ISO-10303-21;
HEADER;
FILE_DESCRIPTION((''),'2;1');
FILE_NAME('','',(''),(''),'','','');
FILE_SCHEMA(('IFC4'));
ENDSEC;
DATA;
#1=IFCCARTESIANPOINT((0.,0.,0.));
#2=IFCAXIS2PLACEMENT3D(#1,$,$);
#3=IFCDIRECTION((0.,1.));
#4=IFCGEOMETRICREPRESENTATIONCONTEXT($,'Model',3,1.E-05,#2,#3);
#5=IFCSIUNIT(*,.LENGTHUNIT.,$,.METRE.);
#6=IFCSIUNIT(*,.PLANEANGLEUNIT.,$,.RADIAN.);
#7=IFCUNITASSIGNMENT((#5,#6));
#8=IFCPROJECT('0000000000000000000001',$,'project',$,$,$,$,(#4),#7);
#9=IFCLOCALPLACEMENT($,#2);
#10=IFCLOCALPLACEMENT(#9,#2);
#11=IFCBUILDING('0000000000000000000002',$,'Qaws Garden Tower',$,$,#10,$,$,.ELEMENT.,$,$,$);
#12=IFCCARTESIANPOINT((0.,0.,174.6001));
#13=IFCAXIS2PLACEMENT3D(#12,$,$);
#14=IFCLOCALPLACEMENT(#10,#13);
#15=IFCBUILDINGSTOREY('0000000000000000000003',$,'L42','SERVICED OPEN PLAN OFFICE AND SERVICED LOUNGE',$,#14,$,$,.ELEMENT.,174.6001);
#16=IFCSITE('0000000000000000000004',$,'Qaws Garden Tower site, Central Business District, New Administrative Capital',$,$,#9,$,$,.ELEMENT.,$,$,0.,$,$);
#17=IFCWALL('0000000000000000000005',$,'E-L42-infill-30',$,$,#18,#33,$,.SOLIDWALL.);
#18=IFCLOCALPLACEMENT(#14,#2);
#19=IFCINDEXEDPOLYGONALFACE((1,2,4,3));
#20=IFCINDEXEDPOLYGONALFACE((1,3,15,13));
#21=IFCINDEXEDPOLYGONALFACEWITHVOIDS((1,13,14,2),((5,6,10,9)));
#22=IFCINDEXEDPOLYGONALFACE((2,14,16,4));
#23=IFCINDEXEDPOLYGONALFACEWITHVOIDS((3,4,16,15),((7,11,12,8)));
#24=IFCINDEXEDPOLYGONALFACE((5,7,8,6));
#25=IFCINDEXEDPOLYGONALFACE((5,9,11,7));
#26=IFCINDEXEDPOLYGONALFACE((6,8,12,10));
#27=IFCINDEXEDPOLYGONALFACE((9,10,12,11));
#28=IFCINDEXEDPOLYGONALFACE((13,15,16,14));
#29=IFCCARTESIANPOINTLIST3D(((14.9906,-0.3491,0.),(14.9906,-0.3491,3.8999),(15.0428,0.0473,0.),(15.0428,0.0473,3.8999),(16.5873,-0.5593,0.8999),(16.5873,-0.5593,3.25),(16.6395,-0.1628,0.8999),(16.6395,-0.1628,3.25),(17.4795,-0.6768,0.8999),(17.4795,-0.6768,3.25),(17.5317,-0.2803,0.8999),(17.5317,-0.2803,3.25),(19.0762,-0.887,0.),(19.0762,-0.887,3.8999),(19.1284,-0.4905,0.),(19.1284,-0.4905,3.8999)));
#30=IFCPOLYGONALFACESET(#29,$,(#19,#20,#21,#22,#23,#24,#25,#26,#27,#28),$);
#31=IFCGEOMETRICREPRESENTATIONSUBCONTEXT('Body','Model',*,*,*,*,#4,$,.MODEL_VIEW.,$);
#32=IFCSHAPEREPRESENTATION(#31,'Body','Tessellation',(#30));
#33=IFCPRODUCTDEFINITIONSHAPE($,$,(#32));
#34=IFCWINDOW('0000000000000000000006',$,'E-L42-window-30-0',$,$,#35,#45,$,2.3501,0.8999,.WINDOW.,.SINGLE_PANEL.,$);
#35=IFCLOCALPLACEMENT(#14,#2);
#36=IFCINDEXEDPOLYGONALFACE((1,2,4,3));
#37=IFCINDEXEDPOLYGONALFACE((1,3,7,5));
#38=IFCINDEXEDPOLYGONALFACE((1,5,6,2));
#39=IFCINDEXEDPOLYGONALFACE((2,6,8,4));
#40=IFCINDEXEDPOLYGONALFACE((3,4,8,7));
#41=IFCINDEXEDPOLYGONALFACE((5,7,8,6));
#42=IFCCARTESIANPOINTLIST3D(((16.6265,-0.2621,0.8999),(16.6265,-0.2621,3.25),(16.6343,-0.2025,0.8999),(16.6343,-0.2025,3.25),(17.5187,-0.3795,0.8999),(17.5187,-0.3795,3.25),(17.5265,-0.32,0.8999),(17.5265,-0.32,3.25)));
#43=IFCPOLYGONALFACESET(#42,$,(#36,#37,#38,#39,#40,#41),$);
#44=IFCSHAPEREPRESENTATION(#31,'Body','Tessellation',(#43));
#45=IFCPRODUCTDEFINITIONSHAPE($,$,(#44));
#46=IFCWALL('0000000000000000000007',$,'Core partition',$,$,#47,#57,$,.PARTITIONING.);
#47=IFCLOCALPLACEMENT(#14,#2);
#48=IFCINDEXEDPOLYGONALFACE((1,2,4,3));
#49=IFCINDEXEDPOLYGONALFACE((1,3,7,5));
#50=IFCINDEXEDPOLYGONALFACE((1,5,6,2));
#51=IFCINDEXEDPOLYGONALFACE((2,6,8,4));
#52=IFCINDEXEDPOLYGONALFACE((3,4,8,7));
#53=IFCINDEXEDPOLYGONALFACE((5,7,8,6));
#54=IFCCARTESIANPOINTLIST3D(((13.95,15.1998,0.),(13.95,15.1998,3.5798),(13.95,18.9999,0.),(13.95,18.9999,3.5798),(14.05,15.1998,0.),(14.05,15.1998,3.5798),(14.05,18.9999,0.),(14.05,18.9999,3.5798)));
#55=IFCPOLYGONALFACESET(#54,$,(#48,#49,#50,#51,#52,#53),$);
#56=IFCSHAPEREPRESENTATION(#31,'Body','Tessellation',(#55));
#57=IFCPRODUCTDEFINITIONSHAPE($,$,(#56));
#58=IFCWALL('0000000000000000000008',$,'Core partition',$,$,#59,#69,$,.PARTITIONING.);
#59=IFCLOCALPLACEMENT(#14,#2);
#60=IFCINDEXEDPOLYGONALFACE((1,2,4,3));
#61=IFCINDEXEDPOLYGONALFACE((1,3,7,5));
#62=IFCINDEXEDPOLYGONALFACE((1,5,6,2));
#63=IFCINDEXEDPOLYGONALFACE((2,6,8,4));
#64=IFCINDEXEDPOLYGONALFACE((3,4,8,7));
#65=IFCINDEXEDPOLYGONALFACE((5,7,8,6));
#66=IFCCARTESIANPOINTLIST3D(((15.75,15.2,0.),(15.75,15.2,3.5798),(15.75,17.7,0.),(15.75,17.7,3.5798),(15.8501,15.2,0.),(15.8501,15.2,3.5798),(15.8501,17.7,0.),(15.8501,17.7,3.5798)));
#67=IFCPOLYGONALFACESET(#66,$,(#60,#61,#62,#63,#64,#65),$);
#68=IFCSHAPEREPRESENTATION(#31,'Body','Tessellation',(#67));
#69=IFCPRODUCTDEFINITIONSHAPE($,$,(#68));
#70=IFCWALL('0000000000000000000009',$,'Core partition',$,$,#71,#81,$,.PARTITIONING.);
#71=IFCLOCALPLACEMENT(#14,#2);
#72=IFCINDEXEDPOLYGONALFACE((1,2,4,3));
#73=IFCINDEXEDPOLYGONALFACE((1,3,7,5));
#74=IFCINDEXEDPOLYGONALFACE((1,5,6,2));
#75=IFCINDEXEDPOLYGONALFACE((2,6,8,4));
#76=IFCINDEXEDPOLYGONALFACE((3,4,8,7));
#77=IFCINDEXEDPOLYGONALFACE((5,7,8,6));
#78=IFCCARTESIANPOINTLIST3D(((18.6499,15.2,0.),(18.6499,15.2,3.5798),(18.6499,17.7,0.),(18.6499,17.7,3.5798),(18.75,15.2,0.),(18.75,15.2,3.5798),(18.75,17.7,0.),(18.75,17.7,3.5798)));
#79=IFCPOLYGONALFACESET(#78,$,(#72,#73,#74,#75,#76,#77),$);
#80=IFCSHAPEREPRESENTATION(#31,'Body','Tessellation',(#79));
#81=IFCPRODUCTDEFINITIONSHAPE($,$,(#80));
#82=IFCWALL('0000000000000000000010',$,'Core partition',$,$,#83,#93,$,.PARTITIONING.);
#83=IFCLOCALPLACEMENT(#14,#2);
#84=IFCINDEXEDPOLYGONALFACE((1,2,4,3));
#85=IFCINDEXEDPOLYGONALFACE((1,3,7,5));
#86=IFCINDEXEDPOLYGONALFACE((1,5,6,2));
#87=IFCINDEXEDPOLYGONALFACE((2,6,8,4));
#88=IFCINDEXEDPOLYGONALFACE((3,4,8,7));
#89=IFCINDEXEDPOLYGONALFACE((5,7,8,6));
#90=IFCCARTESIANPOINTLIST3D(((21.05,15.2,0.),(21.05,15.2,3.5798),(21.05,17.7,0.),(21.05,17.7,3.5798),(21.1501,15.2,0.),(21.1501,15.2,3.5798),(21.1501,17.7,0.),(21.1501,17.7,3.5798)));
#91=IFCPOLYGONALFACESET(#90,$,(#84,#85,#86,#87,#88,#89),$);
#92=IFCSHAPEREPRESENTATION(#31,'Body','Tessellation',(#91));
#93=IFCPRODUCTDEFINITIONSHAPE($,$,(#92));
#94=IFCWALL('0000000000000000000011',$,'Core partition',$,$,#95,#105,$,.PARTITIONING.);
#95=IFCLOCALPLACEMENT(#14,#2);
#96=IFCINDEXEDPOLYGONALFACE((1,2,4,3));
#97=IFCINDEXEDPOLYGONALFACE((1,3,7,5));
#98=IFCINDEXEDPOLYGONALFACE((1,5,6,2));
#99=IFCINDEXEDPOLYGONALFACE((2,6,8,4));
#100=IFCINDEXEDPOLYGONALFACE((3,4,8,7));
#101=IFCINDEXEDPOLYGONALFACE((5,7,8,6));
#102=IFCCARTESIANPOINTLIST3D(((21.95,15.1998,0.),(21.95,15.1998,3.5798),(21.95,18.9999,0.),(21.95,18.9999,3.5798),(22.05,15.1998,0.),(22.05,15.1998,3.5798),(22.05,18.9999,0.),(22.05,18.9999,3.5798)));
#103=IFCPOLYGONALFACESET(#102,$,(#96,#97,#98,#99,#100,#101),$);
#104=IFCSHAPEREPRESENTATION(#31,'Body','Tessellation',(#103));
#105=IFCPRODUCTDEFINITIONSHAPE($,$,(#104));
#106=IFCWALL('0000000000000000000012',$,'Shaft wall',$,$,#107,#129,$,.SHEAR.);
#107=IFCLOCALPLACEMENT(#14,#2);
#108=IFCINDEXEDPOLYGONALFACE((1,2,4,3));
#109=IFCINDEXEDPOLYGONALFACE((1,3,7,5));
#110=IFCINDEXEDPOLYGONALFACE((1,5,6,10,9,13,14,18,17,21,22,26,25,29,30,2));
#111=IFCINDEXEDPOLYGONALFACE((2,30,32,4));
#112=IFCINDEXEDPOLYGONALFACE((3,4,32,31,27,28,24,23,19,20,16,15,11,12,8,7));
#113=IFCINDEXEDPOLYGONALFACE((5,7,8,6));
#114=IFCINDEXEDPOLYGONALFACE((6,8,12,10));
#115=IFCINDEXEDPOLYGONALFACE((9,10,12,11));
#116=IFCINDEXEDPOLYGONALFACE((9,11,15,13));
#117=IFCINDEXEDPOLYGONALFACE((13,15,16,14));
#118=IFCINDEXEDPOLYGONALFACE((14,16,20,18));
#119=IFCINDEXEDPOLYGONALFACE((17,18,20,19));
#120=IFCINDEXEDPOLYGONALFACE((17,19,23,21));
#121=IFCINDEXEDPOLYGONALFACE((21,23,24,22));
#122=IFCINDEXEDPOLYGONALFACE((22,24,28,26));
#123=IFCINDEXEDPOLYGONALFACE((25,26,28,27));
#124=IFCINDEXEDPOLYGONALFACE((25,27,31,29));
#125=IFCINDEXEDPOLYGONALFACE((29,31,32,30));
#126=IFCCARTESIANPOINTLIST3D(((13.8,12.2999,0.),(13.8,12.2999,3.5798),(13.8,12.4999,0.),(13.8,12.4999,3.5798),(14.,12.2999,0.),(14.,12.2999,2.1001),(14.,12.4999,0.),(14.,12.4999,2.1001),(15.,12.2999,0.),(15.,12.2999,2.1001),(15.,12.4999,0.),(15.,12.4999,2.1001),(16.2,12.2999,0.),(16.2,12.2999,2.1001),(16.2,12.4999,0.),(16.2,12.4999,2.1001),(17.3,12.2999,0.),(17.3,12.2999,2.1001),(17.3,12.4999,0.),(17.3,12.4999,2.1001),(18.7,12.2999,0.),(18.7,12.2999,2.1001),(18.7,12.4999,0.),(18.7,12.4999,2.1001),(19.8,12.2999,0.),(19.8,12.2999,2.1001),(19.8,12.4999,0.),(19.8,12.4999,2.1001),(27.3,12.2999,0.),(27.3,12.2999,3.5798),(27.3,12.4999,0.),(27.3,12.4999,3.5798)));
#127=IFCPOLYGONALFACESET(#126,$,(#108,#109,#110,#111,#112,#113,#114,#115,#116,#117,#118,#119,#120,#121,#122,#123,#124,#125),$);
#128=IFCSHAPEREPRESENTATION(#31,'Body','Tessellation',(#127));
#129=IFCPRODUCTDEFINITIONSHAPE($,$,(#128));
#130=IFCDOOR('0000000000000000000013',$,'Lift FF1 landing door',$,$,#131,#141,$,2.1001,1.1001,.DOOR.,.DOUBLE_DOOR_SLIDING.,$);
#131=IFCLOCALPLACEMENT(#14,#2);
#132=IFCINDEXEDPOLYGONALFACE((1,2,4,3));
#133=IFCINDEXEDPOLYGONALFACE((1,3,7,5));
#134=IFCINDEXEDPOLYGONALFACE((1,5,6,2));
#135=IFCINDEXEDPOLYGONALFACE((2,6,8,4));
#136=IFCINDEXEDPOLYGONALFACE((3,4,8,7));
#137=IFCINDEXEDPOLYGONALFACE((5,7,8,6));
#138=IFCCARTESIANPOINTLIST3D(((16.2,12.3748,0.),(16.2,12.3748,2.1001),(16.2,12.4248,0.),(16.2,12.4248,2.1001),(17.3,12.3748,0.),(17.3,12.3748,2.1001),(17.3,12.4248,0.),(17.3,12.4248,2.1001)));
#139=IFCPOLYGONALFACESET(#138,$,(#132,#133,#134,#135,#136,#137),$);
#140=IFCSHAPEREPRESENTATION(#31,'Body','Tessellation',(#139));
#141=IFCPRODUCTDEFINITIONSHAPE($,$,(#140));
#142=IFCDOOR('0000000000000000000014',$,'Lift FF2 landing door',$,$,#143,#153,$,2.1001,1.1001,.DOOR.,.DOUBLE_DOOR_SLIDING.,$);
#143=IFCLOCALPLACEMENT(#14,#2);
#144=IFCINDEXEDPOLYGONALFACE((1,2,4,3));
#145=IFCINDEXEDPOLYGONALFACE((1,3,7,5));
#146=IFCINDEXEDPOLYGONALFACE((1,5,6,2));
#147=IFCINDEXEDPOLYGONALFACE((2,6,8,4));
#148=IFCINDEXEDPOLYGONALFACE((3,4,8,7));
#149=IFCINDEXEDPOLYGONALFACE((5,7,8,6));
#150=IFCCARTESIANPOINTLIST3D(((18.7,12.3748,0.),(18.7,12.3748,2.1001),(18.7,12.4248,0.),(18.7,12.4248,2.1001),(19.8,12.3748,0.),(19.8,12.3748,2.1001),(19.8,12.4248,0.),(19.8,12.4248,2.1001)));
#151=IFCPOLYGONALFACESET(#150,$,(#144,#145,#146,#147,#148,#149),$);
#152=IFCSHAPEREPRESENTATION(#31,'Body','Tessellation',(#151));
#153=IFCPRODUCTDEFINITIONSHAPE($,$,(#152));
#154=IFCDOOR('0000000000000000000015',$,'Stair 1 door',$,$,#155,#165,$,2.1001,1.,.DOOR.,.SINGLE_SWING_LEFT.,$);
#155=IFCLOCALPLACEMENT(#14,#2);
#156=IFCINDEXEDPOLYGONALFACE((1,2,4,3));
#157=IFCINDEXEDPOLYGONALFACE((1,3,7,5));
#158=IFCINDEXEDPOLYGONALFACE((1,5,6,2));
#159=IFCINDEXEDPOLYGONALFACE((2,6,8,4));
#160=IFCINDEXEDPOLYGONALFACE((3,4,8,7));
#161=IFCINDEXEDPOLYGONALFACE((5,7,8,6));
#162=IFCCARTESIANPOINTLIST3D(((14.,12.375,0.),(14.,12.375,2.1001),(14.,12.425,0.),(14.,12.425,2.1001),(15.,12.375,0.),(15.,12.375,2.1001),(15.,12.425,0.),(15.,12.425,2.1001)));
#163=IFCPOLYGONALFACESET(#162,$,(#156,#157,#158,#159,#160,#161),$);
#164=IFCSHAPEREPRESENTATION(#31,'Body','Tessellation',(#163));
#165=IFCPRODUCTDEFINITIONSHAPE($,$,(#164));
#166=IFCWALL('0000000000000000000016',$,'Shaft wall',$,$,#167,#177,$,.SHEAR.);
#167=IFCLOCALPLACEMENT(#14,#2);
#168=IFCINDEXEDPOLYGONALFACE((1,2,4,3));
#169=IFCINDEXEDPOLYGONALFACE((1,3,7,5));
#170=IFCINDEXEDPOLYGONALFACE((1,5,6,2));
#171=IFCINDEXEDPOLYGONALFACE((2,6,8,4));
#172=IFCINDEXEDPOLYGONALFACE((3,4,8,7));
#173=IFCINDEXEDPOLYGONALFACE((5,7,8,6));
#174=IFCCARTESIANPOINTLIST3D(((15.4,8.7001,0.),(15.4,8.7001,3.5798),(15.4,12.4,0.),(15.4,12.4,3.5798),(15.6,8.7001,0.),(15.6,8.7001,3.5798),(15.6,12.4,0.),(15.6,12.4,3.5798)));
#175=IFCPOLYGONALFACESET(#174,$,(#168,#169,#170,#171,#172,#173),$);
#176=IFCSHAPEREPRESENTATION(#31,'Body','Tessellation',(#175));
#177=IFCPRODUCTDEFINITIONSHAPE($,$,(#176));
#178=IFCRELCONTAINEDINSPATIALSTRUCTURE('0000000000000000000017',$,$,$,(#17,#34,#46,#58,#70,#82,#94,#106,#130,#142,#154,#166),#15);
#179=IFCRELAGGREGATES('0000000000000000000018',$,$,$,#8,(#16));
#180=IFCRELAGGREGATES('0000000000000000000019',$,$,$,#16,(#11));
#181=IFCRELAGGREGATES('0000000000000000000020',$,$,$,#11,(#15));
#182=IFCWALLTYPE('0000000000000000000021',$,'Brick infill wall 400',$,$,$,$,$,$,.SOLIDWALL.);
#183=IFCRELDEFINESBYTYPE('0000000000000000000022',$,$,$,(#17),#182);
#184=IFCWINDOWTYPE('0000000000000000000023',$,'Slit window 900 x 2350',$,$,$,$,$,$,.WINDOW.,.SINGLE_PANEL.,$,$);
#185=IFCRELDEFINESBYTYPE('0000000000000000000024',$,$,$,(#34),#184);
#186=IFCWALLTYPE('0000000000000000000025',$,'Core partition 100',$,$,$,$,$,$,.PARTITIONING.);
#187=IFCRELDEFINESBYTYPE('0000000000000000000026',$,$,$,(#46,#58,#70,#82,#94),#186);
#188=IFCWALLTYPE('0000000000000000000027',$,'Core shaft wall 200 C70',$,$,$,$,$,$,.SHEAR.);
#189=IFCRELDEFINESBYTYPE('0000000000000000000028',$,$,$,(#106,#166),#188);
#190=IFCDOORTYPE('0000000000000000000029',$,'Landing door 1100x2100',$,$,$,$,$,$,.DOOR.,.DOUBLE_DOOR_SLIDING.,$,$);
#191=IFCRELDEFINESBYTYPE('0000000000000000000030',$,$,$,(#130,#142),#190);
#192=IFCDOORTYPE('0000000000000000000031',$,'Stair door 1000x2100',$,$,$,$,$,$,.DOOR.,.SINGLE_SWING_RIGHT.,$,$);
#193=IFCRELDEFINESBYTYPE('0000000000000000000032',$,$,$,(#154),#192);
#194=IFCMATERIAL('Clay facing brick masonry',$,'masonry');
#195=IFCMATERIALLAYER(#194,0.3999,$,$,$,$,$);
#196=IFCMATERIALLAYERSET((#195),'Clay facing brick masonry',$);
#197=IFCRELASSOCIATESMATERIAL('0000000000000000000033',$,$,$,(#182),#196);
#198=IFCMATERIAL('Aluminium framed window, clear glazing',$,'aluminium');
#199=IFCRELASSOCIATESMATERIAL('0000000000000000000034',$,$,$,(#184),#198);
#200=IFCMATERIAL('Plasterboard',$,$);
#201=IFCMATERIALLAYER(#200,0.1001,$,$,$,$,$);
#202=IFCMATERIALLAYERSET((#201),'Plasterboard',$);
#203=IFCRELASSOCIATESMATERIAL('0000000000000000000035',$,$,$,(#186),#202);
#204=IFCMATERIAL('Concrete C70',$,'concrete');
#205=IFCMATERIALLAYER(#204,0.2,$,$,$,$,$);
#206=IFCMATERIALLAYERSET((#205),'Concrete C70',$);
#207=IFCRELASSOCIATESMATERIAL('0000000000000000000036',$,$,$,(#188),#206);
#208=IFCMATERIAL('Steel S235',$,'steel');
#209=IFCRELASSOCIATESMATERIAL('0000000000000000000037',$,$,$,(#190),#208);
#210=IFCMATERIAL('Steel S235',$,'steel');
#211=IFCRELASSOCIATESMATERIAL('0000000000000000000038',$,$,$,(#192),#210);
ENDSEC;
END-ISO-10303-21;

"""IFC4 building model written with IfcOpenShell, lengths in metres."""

from ifc_helpers import new_model, si_unit, direction, frame, frame_2d, origin, place, context, subcontext, project, spatial, rectangle, extrude, material, layer, layer_set, type_object, element, fill, save


model = new_model("IFC4")

# Units and contexts
model_context = context("Model", 3, precision=1e-05, world=origin(), true_north=direction((0.0, 1.0)))
body_context = subcontext(model_context, "Body", "Model", "MODEL_VIEW")
ifc_project = project(units=[si_unit("LENGTHUNIT", "METRE"), si_unit("PLANEANGLEUNIT", "RADIAN")], contexts=[model_context])

# Site, building, storey
site_placement = place(None, origin())
site = spatial("IfcSite", under=ifc_project, at=site_placement, Name="Qaws Garden Tower site, Central Business District, New Administrative Capital", CompositionType="ELEMENT", RefElevation=0.0)
building_placement = place(site_placement, origin())
building = spatial("IfcBuilding", under=site, at=building_placement, Name="Qaws Garden Tower", CompositionType="ELEMENT")
storey_placement = place(building_placement, frame((0.0, 0.0, 174.6001)))
storey = spatial("IfcBuildingStorey", under=building, at=storey_placement, Name="L42", Description="SERVICED OPEN PLAN OFFICE AND SERVICED LOUNGE", CompositionType="ELEMENT", Elevation=174.6001)

# Shared definitions
ifc_material_1 = material(Name="Clay facing brick masonry", Category="masonry")
ifc_layer_1 = layer(ifc_material_1, 0.3999)
ifc_layer_set_1 = layer_set([ifc_layer_1], Name="Clay facing brick masonry")
wall_type_1 = type_object("IfcWallType", Name="Brick infill wall 400", PredefinedType="SOLIDWALL", material=ifc_layer_set_1)
ifc_material_2 = material(Name="Aluminium framed window, clear glazing", Category="aluminium")
window_type = type_object("IfcWindowType", Name="Slit window 900 x 2350", PartitioningType="SINGLE_PANEL", PredefinedType="WINDOW", material=ifc_material_2)

# Wall, opening, window
wall_1_placement = place(storey_placement, frame((15.0166, -0.1509, 0.0), z_axis=(0.0, 0.0, 1.0), x_axis=(0.991446, -0.130514, 0.0)))
wall_1 = element("IfcWall", 1, at=wall_1_placement, inside=storey, type_object=wall_type_1, Name="E-L42-infill-30", PredefinedType="SOLIDWALL", context=body_context, shape_type="SweptSolid", body=[
    extrude(rectangle(XDim=4.1208, YDim=0.3999, at=frame_2d((2.0605, 0.0))), origin(), (0.0, 0.0, 1.0), 3.8999),
])
opening_1_placement = place(wall_1_placement, frame((1.6106, 0.0, 0.8999)))
opening_1 = element("IfcOpeningElement", 2, at=opening_1_placement, cuts=wall_1, PredefinedType="OPENING", context=body_context, shape_type="SweptSolid", body=[
    extrude(rectangle(XDim=0.8999, YDim=2.3501, at=frame_2d((0.45, 1.175))), frame((0.0, 0.21, 0.0), z_axis=(0.0, -1.0, 0.0), x_axis=(1.0, 0.0, 0.0)), (0.0, 0.0, 1.0), 0.4199),
])
window_1_placement = place(opening_1_placement, origin())
window_1 = element("IfcWindow", 3, at=window_1_placement, inside=storey, type_object=window_type, Name="E-L42-window-30-0", OverallHeight=2.3501, OverallWidth=0.8999, PartitioningType="SINGLE_PANEL", PredefinedType="WINDOW", context=body_context, shape_type="SweptSolid", body=[
    extrude(rectangle(XDim=0.8999, YDim=2.3501, at=frame_2d((0.45, 1.175))), frame((0.0, 0.1599, 0.0), z_axis=(0.0, -1.0, 0.0), x_axis=(1.0, 0.0, 0.0)), (0.0, 0.0, 1.0), 0.0601),
])
fill(opening_1, window_1)

# Walls
ifc_material_3 = material(Name="Plasterboard")
ifc_layer_2 = layer(ifc_material_3, 0.1001)
ifc_layer_set_2 = layer_set([ifc_layer_2], Name="Plasterboard")
wall_type_2 = type_object("IfcWallType", Name="Core partition 100", PredefinedType="PARTITIONING", material=ifc_layer_set_2)
wall_2_placement = place(storey_placement, frame((14.0, 15.2, 0.0), z_axis=(0.0, 0.0, 1.0), x_axis=(0.0, 1.0, 0.0)))
element("IfcWall", 4, at=wall_2_placement, inside=storey, type_object=wall_type_2, Name="Core partition", PredefinedType="PARTITIONING", context=body_context, shape_type="SweptSolid", body=[
    extrude(rectangle(XDim=3.8, YDim=0.1001, at=frame_2d((1.8999, 0.0))), origin(), (0.0, 0.0, 1.0), 3.5798),
])
for number, where, z_axis, x_axis, name in (
    (5, (15.8, 15.2, 0.0), (0.0, 0.0, 1.0), (0.0, 1.0, 0.0), "Core partition"),
    (6, (18.7, 15.2, 0.0), (0.0, 0.0, 1.0), (0.0, 1.0, 0.0), "Core partition"),
    (7, (21.1001, 15.2, 0.0), (0.0, 0.0, 1.0), (0.0, 1.0, 0.0), "Core partition"),
):
    element("IfcWall", number, at=place(storey_placement, frame(where, z_axis=z_axis, x_axis=x_axis)), inside=storey, type_object=wall_type_2, Name=name, PredefinedType="PARTITIONING", context=body_context, shape_type="SweptSolid", body=[
        extrude(rectangle(XDim=2.5, YDim=0.1001, at=frame_2d((1.25, 0.0))), origin(), (0.0, 0.0, 1.0), 3.5798),
    ])
wall_3_placement = place(storey_placement, frame((22.0, 15.2, 0.0), z_axis=(0.0, 0.0, 1.0), x_axis=(0.0, 1.0, 0.0)))
element("IfcWall", 8, at=wall_3_placement, inside=storey, type_object=wall_type_2, Name="Core partition", PredefinedType="PARTITIONING", context=body_context, shape_type="SweptSolid", body=[
    extrude(rectangle(XDim=3.8, YDim=0.1001, at=frame_2d((1.8999, 0.0))), origin(), (0.0, 0.0, 1.0), 3.5798),
])

# Wall, openings, doors
ifc_material_4 = material(Name="Concrete C70", Category="concrete")
ifc_layer_3 = layer(ifc_material_4, 0.2)
ifc_layer_set_3 = layer_set([ifc_layer_3], Name="Concrete C70")
wall_type_3 = type_object("IfcWallType", Name="Core shaft wall 200 C70", PredefinedType="SHEAR", material=ifc_layer_set_3)
wall_4_placement = place(storey_placement, frame((13.8, 12.3999, 0.0), z_axis=(0.0, 0.0, 1.0), x_axis=(1.0, 0.0, 0.0)))
wall_4 = element("IfcWall", 9, at=wall_4_placement, inside=storey, type_object=wall_type_3, Name="Shaft wall", PredefinedType="SHEAR", context=body_context, shape_type="SweptSolid", body=[
    extrude(rectangle(XDim=13.5, YDim=0.2, at=frame_2d((6.75, 0.0))), origin(), (0.0, 0.0, 1.0), 3.5798),
])
opening_2_placement = place(wall_4_placement, frame((2.3999, 0.0, 0.0)))
opening_2 = element("IfcOpeningElement", 10, at=opening_2_placement, cuts=wall_4, PredefinedType="OPENING", context=body_context, shape_type="SweptSolid", body=[
    extrude(rectangle(XDim=1.1001, YDim=2.1001, at=frame_2d((0.55, 1.05))), frame((0.0, 0.1099, 0.0), z_axis=(0.0, -1.0, 0.0), x_axis=(1.0, 0.0, 0.0)), (0.0, 0.0, 1.0), 0.22),
])
opening_3_placement = place(wall_4_placement, frame((4.8999, 0.0, 0.0)))
opening_3 = element("IfcOpeningElement", 11, at=opening_3_placement, cuts=wall_4, PredefinedType="OPENING", context=body_context, shape_type="SweptSolid", body=[
    extrude(rectangle(XDim=1.1001, YDim=2.1001, at=frame_2d((0.55, 1.05))), frame((0.0, 0.1099, 0.0), z_axis=(0.0, -1.0, 0.0), x_axis=(1.0, 0.0, 0.0)), (0.0, 0.0, 1.0), 0.22),
])
opening_4_placement = place(wall_4_placement, frame((0.2, 0.0, 0.0)))
opening_4 = element("IfcOpeningElement", 12, at=opening_4_placement, cuts=wall_4, PredefinedType="OPENING", context=body_context, shape_type="SweptSolid", body=[
    extrude(rectangle(XDim=1.0, YDim=2.1001, at=frame_2d((0.5, 1.05))), frame((0.0, 0.1099, 0.0), z_axis=(0.0, -1.0, 0.0), x_axis=(1.0, 0.0, 0.0)), (0.0, 0.0, 1.0), 0.22),
])
ifc_material_5 = material(Name="Steel S235", Category="steel")
door_type_1 = type_object("IfcDoorType", Name="Landing door 1100x2100", OperationType="DOUBLE_DOOR_SLIDING", PredefinedType="DOOR", material=ifc_material_5)
door_1_placement = place(opening_2_placement, origin())
door_1 = element("IfcDoor", 13, at=door_1_placement, inside=storey, type_object=door_type_1, Name="Lift FF1 landing door", OperationType="DOUBLE_DOOR_SLIDING", OverallHeight=2.1001, OverallWidth=1.1001, PredefinedType="DOOR", context=body_context, shape_type="SweptSolid", body=[
    extrude(rectangle(XDim=1.1001, YDim=2.1001, at=frame_2d((0.55, 1.05))), frame((0.0, 0.0249, 0.0), z_axis=(0.0, -1.0, 0.0), x_axis=(1.0, 0.0, 0.0)), (0.0, 0.0, 1.0), 0.05),
])
fill(opening_2, door_1)
door_2_placement = place(opening_3_placement, origin())
door_2 = element("IfcDoor", 14, at=door_2_placement, inside=storey, type_object=door_type_1, Name="Lift FF2 landing door", OperationType="DOUBLE_DOOR_SLIDING", OverallHeight=2.1001, OverallWidth=1.1001, PredefinedType="DOOR", context=body_context, shape_type="SweptSolid", body=[
    extrude(rectangle(XDim=1.1001, YDim=2.1001, at=frame_2d((0.55, 1.05))), frame((0.0, 0.0249, 0.0), z_axis=(0.0, -1.0, 0.0), x_axis=(1.0, 0.0, 0.0)), (0.0, 0.0, 1.0), 0.05),
])
fill(opening_3, door_2)
ifc_material_6 = material(Name="Steel S235", Category="steel")
door_type_2 = type_object("IfcDoorType", Name="Stair door 1000x2100", OperationType="SINGLE_SWING_RIGHT", PredefinedType="DOOR", material=ifc_material_6)
door_3_placement = place(opening_4_placement, frame((1.0, 0.0, 0.0), z_axis=(0.0, 0.0, 1.0), x_axis=(-1.0, 0.0, 0.0)))
door_3 = element("IfcDoor", 15, at=door_3_placement, inside=storey, type_object=door_type_2, Name="Stair 1 door", OperationType="SINGLE_SWING_LEFT", OverallHeight=2.1001, OverallWidth=1.0, PredefinedType="DOOR", context=body_context, shape_type="SweptSolid", body=[
    extrude(rectangle(XDim=1.0, YDim=2.1001, at=frame_2d((0.5, 1.05))), frame((0.0, 0.0249, 0.0), z_axis=(0.0, -1.0, 0.0), x_axis=(1.0, 0.0, 0.0)), (0.0, 0.0, 1.0), 0.05),
])
fill(opening_4, door_3)

# Wall
for number, where, z_axis, x_axis, name in (
    (16, (15.5, 8.7, 0.0), (0.0, 0.0, 1.0), (0.0, 1.0, 0.0), "Shaft wall"),
):
    element("IfcWall", number, at=place(storey_placement, frame(where, z_axis=z_axis, x_axis=x_axis)), inside=storey, type_object=wall_type_3, Name=name, PredefinedType="SHEAR", context=body_context, shape_type="SweptSolid", body=[
        extrude(rectangle(XDim=3.7, YDim=0.2, at=frame_2d((1.8501, 0.0))), origin(), (0.0, 0.0, 1.0), 3.5798),
    ])

save(model, "model.ifc")
